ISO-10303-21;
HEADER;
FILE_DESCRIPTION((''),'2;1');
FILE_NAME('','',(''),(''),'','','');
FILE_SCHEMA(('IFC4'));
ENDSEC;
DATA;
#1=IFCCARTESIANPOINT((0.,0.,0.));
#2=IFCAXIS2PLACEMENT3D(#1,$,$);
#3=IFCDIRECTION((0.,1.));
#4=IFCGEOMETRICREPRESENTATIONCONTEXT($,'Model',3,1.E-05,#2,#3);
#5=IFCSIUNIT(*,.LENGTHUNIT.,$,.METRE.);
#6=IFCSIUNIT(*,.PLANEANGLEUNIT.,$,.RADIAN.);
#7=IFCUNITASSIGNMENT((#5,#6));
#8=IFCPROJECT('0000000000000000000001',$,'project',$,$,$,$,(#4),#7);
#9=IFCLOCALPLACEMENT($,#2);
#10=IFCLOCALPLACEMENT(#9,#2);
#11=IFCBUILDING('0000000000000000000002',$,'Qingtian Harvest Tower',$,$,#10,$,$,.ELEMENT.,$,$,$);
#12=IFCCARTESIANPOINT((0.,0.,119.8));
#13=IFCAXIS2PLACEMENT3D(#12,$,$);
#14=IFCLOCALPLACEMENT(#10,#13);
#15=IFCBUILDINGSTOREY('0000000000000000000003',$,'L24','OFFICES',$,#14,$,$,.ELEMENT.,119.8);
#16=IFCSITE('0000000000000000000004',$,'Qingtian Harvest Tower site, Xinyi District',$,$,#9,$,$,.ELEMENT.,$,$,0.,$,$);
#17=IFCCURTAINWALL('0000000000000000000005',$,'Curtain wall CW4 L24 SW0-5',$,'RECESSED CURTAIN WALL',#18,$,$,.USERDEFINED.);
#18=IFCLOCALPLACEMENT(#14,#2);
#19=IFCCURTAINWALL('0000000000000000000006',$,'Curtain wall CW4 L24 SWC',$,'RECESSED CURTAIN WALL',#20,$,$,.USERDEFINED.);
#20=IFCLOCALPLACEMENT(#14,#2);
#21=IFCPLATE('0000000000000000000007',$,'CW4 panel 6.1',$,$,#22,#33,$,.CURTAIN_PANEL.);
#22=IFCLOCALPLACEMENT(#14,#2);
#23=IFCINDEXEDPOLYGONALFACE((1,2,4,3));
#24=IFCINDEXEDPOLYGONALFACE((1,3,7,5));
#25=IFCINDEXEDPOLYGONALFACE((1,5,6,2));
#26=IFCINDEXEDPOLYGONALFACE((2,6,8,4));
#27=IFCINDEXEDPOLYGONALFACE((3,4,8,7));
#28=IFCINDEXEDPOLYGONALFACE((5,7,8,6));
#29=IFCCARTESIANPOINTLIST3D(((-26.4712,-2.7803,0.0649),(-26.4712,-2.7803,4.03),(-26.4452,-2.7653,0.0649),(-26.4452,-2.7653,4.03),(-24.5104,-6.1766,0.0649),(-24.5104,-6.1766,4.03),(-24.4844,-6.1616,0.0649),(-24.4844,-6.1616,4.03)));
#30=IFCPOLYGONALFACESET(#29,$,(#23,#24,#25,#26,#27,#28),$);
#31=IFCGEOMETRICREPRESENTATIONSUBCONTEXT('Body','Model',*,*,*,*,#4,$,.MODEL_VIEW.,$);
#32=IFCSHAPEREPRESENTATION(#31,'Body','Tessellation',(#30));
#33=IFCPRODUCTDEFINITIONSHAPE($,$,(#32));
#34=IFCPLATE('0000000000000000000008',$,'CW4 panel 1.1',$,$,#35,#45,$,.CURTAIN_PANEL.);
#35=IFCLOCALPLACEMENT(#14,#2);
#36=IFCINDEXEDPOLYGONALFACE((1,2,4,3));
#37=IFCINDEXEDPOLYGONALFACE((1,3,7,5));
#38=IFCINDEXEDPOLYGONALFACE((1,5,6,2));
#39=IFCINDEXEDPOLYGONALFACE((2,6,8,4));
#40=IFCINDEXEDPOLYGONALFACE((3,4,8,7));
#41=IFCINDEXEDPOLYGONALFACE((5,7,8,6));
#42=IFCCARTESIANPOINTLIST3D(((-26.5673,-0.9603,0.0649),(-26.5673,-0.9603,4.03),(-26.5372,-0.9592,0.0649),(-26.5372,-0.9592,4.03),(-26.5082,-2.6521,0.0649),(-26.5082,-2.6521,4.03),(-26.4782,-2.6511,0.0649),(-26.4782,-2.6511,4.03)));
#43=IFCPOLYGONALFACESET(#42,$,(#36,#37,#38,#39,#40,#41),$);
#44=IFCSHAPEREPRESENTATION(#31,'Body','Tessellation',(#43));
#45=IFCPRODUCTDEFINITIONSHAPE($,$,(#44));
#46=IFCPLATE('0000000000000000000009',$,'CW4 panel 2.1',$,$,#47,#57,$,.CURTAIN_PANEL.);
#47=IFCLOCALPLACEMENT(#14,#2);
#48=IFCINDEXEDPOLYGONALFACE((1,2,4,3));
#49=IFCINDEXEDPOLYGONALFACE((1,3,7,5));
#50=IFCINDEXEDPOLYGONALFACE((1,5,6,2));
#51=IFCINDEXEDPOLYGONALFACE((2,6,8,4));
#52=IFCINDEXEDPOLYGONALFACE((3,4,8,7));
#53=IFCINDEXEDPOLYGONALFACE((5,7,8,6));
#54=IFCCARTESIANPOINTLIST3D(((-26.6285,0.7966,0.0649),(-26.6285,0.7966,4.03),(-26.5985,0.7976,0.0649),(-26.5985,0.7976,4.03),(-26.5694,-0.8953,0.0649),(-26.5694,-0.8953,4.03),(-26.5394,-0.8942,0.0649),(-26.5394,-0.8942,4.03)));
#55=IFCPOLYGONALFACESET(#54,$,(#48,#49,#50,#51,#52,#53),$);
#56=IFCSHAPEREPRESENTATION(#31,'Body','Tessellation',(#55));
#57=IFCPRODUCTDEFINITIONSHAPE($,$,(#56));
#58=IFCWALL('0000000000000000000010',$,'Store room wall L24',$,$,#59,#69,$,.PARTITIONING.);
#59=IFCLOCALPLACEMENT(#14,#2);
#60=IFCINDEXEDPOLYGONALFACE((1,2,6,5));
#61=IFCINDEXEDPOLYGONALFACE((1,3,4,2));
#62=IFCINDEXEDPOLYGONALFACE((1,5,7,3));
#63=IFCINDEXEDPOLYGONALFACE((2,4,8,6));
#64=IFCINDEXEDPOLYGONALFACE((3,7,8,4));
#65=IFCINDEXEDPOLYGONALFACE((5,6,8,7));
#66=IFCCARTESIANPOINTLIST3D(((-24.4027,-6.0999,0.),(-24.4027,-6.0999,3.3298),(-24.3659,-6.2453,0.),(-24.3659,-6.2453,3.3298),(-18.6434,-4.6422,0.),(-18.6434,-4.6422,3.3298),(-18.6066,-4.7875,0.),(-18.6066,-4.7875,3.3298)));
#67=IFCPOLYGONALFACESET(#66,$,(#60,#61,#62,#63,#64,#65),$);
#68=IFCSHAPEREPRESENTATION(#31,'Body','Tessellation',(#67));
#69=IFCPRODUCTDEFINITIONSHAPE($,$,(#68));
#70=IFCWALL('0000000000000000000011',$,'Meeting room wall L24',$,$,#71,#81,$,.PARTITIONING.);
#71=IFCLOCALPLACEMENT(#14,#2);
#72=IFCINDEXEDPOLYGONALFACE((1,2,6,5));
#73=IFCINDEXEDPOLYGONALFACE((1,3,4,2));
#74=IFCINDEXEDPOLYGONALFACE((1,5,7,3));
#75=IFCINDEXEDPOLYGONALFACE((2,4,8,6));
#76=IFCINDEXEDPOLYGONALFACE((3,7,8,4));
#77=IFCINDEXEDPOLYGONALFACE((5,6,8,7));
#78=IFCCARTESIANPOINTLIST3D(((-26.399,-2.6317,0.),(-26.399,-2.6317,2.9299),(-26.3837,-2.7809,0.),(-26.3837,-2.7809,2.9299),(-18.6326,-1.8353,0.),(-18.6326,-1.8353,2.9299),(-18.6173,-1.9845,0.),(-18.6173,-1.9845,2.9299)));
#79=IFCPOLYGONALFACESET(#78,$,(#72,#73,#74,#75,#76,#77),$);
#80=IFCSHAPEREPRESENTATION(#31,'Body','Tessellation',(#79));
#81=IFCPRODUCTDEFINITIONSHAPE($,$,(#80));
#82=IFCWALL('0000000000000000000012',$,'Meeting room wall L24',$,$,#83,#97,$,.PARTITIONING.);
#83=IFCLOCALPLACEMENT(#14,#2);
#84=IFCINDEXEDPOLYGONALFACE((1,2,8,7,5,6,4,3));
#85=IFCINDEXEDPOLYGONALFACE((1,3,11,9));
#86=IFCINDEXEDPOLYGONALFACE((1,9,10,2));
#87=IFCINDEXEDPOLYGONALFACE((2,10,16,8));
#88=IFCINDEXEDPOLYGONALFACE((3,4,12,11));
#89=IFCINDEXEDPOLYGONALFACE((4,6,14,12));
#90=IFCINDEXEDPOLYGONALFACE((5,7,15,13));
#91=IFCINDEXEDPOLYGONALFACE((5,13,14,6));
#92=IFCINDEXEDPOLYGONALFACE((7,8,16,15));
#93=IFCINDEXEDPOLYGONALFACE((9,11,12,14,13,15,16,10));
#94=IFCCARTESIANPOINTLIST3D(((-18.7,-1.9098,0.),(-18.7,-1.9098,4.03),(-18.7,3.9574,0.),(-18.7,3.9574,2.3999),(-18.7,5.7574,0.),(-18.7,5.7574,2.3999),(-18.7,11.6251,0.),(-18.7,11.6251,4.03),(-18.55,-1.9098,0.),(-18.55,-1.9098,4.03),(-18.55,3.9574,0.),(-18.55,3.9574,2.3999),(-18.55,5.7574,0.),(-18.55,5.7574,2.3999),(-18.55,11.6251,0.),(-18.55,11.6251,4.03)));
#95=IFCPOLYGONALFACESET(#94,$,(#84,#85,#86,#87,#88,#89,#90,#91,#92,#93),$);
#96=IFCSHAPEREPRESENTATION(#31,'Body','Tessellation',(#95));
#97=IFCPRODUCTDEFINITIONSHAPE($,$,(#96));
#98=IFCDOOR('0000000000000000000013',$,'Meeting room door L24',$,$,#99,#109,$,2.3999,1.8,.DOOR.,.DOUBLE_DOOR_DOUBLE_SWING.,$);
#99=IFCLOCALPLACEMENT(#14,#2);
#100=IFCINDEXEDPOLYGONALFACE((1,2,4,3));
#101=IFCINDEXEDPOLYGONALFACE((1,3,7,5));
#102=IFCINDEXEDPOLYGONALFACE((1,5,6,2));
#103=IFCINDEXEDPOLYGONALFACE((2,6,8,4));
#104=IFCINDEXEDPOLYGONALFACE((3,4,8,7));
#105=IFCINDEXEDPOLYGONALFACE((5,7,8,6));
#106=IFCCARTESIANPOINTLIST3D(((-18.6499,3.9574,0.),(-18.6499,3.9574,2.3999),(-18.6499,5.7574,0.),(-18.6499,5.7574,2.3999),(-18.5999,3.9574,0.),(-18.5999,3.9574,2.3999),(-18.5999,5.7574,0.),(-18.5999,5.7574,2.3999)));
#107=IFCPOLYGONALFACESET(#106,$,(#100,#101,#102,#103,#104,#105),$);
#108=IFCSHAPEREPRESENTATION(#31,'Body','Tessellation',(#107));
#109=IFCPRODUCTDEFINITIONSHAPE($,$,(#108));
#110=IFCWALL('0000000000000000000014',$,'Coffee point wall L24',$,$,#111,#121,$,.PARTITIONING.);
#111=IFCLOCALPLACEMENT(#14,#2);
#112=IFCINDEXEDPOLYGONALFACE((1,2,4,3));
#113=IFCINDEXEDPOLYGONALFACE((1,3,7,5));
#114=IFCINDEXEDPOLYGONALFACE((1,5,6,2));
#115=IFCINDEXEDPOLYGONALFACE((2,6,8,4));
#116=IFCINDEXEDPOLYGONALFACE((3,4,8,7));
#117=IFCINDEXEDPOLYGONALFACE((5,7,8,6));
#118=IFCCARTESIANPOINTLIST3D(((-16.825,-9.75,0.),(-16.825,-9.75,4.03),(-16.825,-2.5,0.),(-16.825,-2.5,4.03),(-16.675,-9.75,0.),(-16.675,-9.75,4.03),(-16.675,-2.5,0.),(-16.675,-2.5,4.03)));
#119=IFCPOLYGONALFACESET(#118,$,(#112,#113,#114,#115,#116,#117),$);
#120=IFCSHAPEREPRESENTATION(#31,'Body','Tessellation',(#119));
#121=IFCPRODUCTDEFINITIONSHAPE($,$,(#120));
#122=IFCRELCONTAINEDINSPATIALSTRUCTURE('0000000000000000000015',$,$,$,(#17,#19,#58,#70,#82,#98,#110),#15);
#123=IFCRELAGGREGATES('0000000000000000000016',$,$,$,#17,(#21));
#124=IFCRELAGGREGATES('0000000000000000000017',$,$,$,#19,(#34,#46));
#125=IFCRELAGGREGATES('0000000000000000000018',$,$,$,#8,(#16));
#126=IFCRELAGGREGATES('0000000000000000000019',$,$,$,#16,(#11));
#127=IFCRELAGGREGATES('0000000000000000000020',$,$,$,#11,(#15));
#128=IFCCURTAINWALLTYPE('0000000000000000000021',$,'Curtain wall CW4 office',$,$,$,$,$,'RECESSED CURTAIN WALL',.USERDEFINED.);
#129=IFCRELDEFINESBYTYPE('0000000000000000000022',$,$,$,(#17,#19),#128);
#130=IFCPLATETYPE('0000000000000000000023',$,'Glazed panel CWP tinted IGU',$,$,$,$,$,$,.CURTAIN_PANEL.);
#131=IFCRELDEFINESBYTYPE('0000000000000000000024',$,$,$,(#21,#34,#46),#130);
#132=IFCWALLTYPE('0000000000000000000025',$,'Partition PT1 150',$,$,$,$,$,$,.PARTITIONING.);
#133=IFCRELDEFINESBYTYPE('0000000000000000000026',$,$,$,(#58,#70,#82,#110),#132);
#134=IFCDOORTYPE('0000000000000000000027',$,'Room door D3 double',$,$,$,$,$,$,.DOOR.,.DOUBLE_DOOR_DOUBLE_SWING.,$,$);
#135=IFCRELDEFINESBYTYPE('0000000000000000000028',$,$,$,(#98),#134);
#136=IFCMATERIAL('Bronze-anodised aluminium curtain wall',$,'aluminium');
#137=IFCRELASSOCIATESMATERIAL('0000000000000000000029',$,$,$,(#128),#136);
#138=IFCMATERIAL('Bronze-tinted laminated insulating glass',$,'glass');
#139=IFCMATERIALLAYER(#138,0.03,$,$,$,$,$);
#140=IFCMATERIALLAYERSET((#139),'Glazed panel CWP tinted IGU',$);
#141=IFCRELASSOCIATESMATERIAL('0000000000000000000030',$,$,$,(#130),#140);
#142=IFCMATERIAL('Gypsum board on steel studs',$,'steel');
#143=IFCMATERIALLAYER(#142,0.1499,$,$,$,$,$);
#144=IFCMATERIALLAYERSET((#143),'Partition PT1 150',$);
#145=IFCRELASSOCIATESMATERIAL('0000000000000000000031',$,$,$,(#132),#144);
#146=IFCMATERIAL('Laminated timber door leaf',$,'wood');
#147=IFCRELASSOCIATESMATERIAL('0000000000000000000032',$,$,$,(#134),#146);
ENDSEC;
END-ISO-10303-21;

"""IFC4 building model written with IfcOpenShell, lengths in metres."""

from ifc_helpers import new_model, si_unit, direction, frame, frame_2d, origin, origin_2d, place, context, subcontext, project, spatial, rectangle, extrude, material, layer, layer_set, type_object, element, fill, aggregate, save


model = new_model("IFC4")

# Units and contexts
model_context = context("Model", 3, precision=1e-05, world=origin(), true_north=direction((0.0, 1.0)))
body_context = subcontext(model_context, "Body", "Model", "MODEL_VIEW")
ifc_project = project(units=[si_unit("LENGTHUNIT", "METRE"), si_unit("PLANEANGLEUNIT", "RADIAN")], contexts=[model_context])

# Site, building, storey
site_placement = place(None, origin())
site = spatial("IfcSite", under=ifc_project, at=site_placement, Name="Qingtian Harvest Tower site, Xinyi District", CompositionType="ELEMENT", RefElevation=0.0)
building_placement = place(site_placement, origin())
building = spatial("IfcBuilding", under=site, at=building_placement, Name="Qingtian Harvest Tower", CompositionType="ELEMENT")
storey_placement = place(building_placement, frame((0.0, 0.0, 119.8)))
storey = spatial("IfcBuildingStorey", under=building, at=storey_placement, Name="L24", Description="OFFICES", CompositionType="ELEMENT", Elevation=119.8)

# Curtain walls
ifc_material_1 = material(Name="Bronze-anodised aluminium curtain wall", Category="aluminium")
curtain_wall_type = type_object("IfcCurtainWallType", Name="Curtain wall CW4 office", ElementType="RECESSED CURTAIN WALL", PredefinedType="USERDEFINED", material=ifc_material_1)
curtain_wall_1_placement = place(storey_placement, origin())
curtain_wall_1 = element("IfcCurtainWall", 1, at=curtain_wall_1_placement, inside=storey, type_object=curtain_wall_type, Name="Curtain wall CW4 L24 SW0-5", ObjectType="RECESSED CURTAIN WALL", PredefinedType="USERDEFINED")
curtain_wall_2_placement = place(storey_placement, origin())
curtain_wall_2 = element("IfcCurtainWall", 2, at=curtain_wall_2_placement, inside=storey, type_object=curtain_wall_type, Name="Curtain wall CW4 L24 SWC", ObjectType="RECESSED CURTAIN WALL", PredefinedType="USERDEFINED")

# Plates
ifc_material_2 = material(Name="Bronze-tinted laminated insulating glass", Category="glass")
ifc_layer_1 = layer(ifc_material_2, 0.03)
ifc_layer_set_1 = layer_set([ifc_layer_1], Name="Glazed panel CWP tinted IGU")
plate_type = type_object("IfcPlateType", Name="Glazed panel CWP tinted IGU", PredefinedType="CURTAIN_PANEL", material=ifc_layer_set_1)
plate_1_placement = place(storey_placement, frame((-25.4778, -4.4709, 0.0649), z_axis=(0.0, 0.0, 1.0), x_axis=(-0.5, 0.866025, 0.0)))
plate_1 = element("IfcPlate", 3, at=plate_1_placement, type_object=plate_type, Name="CW4 panel 6.1", PredefinedType="CURTAIN_PANEL", context=body_context, shape_type="SweptSolid", body=[
    extrude(rectangle(XDim=3.9216, YDim=0.03, at=origin_2d()), origin(), (0.0, 0.0, 1.0), 3.9651),
])
aggregate(curtain_wall_1, [plate_1])
plate_2_placement = place(storey_placement, frame((-26.5227, -1.8057, 0.0649), z_axis=(0.0, 0.0, 1.0), x_axis=(-0.034899, 0.999391, 0.0)))
plate_2 = element("IfcPlate", 4, at=plate_2_placement, type_object=plate_type, Name="CW4 panel 1.1", PredefinedType="CURTAIN_PANEL", context=body_context, shape_type="SweptSolid", body=[
    extrude(rectangle(XDim=1.6929, YDim=0.03, at=origin_2d()), origin(), (0.0, 0.0, 1.0), 3.9651),
])
plate_3_placement = place(storey_placement, frame((-26.584, -0.0488, 0.0649), z_axis=(0.0, 0.0, 1.0), x_axis=(-0.034899, 0.999391, 0.0)))
plate_3 = element("IfcPlate", 5, at=plate_3_placement, type_object=plate_type, Name="CW4 panel 2.1", PredefinedType="CURTAIN_PANEL", context=body_context, shape_type="SweptSolid", body=[
    extrude(rectangle(XDim=1.6929, YDim=0.03, at=origin_2d()), origin(), (0.0, 0.0, 1.0), 3.9651),
])
aggregate(curtain_wall_2, [plate_2, plate_3])

# Wall
ifc_material_3 = material(Name="Gypsum board on steel studs", Category="steel")
ifc_layer_2 = layer(ifc_material_3, 0.1499)
ifc_layer_set_2 = layer_set([ifc_layer_2], Name="Partition PT1 150")
wall_type = type_object("IfcWallType", Name="Partition PT1 150", PredefinedType="PARTITIONING", material=ifc_layer_set_2)
wall_1_placement = place(storey_placement, frame((-24.3843, -6.1726, 0.0), z_axis=(0.0, 0.0, 1.0), x_axis=(0.969428, 0.245377, 0.0)))
element("IfcWall", 6, at=wall_1_placement, inside=storey, type_object=wall_type, Name="Store room wall L24", PredefinedType="PARTITIONING", context=body_context, shape_type="SweptSolid", body=[
    extrude(rectangle(XDim=5.9409, YDim=0.1499, at=frame_2d((2.9705, 0.0))), origin(), (0.0, 0.0, 1.0), 3.3298),
])

# Wall
wall_2_placement = place(storey_placement, frame((-26.3914, -2.7063, 0.0), z_axis=(0.0, 0.0, 1.0), x_axis=(0.994784, 0.102008, 0.0)))
element("IfcWall", 7, at=wall_2_placement, inside=storey, type_object=wall_type, Name="Meeting room wall L24", PredefinedType="PARTITIONING", context=body_context, shape_type="SweptSolid", body=[
    extrude(rectangle(XDim=7.8071, YDim=0.1499, at=frame_2d((3.9036, 0.0))), origin(), (0.0, 0.0, 1.0), 2.9299),
])

# Wall, opening, door
wall_3_placement = place(storey_placement, frame((-18.625, -1.9099, 0.0), z_axis=(0.0, 0.0, 1.0), x_axis=(0.0, 1.0, 0.0)))
wall_3 = element("IfcWall", 8, at=wall_3_placement, inside=storey, type_object=wall_type, Name="Meeting room wall L24", PredefinedType="PARTITIONING", context=body_context, shape_type="SweptSolid", body=[
    extrude(rectangle(XDim=13.5349, YDim=0.1499, at=frame_2d((6.7676, 0.0))), origin(), (0.0, 0.0, 1.0), 4.03),
])
opening_1_placement = place(wall_3_placement, frame((5.8674, 0.0, 0.0)))
opening_1 = element("IfcOpeningElement", 9, at=opening_1_placement, cuts=wall_3, PredefinedType="OPENING", context=body_context, shape_type="SweptSolid", body=[
    extrude(rectangle(XDim=1.8, YDim=2.3999, at=frame_2d((0.8999, 1.2))), frame((0.0, 0.085, 0.0), z_axis=(0.0, -1.0, 0.0), x_axis=(1.0, 0.0, 0.0)), (0.0, 0.0, 1.0), 0.1699),
])
ifc_material_4 = material(Name="Laminated timber door leaf", Category="wood")
door_type_1 = type_object("IfcDoorType", Name="Room door D3 double", OperationType="DOUBLE_DOOR_DOUBLE_SWING", PredefinedType="DOOR", material=ifc_material_4)
door_1_placement = place(opening_1_placement, origin())
door_1 = element("IfcDoor", 10, at=door_1_placement, inside=storey, type_object=door_type_1, Name="Meeting room door L24", OperationType="DOUBLE_DOOR_DOUBLE_SWING", OverallHeight=2.3999, OverallWidth=1.8, PredefinedType="DOOR", context=body_context, shape_type="SweptSolid", body=[
    extrude(rectangle(XDim=1.8, YDim=2.3999, at=frame_2d((0.8999, 1.2))), frame((0.0, 0.0249, 0.0), z_axis=(0.0, -1.0, 0.0), x_axis=(1.0, 0.0, 0.0)), (0.0, 0.0, 1.0), 0.05),
])
fill(opening_1, door_1)

# Wall
wall_4_placement = place(storey_placement, frame((-16.75, -9.75, 0.0), z_axis=(0.0, 0.0, 1.0), x_axis=(0.0, 1.0, 0.0)))
element("IfcWall", 11, at=wall_4_placement, inside=storey, type_object=wall_type, Name="Coffee point wall L24", PredefinedType="PARTITIONING", context=body_context, shape_type="SweptSolid", body=[
    extrude(rectangle(XDim=7.25, YDim=0.1499, at=frame_2d((3.625, 0.0))), origin(), (0.0, 0.0, 1.0), 4.03),
])

save(model, "model.ifc")
